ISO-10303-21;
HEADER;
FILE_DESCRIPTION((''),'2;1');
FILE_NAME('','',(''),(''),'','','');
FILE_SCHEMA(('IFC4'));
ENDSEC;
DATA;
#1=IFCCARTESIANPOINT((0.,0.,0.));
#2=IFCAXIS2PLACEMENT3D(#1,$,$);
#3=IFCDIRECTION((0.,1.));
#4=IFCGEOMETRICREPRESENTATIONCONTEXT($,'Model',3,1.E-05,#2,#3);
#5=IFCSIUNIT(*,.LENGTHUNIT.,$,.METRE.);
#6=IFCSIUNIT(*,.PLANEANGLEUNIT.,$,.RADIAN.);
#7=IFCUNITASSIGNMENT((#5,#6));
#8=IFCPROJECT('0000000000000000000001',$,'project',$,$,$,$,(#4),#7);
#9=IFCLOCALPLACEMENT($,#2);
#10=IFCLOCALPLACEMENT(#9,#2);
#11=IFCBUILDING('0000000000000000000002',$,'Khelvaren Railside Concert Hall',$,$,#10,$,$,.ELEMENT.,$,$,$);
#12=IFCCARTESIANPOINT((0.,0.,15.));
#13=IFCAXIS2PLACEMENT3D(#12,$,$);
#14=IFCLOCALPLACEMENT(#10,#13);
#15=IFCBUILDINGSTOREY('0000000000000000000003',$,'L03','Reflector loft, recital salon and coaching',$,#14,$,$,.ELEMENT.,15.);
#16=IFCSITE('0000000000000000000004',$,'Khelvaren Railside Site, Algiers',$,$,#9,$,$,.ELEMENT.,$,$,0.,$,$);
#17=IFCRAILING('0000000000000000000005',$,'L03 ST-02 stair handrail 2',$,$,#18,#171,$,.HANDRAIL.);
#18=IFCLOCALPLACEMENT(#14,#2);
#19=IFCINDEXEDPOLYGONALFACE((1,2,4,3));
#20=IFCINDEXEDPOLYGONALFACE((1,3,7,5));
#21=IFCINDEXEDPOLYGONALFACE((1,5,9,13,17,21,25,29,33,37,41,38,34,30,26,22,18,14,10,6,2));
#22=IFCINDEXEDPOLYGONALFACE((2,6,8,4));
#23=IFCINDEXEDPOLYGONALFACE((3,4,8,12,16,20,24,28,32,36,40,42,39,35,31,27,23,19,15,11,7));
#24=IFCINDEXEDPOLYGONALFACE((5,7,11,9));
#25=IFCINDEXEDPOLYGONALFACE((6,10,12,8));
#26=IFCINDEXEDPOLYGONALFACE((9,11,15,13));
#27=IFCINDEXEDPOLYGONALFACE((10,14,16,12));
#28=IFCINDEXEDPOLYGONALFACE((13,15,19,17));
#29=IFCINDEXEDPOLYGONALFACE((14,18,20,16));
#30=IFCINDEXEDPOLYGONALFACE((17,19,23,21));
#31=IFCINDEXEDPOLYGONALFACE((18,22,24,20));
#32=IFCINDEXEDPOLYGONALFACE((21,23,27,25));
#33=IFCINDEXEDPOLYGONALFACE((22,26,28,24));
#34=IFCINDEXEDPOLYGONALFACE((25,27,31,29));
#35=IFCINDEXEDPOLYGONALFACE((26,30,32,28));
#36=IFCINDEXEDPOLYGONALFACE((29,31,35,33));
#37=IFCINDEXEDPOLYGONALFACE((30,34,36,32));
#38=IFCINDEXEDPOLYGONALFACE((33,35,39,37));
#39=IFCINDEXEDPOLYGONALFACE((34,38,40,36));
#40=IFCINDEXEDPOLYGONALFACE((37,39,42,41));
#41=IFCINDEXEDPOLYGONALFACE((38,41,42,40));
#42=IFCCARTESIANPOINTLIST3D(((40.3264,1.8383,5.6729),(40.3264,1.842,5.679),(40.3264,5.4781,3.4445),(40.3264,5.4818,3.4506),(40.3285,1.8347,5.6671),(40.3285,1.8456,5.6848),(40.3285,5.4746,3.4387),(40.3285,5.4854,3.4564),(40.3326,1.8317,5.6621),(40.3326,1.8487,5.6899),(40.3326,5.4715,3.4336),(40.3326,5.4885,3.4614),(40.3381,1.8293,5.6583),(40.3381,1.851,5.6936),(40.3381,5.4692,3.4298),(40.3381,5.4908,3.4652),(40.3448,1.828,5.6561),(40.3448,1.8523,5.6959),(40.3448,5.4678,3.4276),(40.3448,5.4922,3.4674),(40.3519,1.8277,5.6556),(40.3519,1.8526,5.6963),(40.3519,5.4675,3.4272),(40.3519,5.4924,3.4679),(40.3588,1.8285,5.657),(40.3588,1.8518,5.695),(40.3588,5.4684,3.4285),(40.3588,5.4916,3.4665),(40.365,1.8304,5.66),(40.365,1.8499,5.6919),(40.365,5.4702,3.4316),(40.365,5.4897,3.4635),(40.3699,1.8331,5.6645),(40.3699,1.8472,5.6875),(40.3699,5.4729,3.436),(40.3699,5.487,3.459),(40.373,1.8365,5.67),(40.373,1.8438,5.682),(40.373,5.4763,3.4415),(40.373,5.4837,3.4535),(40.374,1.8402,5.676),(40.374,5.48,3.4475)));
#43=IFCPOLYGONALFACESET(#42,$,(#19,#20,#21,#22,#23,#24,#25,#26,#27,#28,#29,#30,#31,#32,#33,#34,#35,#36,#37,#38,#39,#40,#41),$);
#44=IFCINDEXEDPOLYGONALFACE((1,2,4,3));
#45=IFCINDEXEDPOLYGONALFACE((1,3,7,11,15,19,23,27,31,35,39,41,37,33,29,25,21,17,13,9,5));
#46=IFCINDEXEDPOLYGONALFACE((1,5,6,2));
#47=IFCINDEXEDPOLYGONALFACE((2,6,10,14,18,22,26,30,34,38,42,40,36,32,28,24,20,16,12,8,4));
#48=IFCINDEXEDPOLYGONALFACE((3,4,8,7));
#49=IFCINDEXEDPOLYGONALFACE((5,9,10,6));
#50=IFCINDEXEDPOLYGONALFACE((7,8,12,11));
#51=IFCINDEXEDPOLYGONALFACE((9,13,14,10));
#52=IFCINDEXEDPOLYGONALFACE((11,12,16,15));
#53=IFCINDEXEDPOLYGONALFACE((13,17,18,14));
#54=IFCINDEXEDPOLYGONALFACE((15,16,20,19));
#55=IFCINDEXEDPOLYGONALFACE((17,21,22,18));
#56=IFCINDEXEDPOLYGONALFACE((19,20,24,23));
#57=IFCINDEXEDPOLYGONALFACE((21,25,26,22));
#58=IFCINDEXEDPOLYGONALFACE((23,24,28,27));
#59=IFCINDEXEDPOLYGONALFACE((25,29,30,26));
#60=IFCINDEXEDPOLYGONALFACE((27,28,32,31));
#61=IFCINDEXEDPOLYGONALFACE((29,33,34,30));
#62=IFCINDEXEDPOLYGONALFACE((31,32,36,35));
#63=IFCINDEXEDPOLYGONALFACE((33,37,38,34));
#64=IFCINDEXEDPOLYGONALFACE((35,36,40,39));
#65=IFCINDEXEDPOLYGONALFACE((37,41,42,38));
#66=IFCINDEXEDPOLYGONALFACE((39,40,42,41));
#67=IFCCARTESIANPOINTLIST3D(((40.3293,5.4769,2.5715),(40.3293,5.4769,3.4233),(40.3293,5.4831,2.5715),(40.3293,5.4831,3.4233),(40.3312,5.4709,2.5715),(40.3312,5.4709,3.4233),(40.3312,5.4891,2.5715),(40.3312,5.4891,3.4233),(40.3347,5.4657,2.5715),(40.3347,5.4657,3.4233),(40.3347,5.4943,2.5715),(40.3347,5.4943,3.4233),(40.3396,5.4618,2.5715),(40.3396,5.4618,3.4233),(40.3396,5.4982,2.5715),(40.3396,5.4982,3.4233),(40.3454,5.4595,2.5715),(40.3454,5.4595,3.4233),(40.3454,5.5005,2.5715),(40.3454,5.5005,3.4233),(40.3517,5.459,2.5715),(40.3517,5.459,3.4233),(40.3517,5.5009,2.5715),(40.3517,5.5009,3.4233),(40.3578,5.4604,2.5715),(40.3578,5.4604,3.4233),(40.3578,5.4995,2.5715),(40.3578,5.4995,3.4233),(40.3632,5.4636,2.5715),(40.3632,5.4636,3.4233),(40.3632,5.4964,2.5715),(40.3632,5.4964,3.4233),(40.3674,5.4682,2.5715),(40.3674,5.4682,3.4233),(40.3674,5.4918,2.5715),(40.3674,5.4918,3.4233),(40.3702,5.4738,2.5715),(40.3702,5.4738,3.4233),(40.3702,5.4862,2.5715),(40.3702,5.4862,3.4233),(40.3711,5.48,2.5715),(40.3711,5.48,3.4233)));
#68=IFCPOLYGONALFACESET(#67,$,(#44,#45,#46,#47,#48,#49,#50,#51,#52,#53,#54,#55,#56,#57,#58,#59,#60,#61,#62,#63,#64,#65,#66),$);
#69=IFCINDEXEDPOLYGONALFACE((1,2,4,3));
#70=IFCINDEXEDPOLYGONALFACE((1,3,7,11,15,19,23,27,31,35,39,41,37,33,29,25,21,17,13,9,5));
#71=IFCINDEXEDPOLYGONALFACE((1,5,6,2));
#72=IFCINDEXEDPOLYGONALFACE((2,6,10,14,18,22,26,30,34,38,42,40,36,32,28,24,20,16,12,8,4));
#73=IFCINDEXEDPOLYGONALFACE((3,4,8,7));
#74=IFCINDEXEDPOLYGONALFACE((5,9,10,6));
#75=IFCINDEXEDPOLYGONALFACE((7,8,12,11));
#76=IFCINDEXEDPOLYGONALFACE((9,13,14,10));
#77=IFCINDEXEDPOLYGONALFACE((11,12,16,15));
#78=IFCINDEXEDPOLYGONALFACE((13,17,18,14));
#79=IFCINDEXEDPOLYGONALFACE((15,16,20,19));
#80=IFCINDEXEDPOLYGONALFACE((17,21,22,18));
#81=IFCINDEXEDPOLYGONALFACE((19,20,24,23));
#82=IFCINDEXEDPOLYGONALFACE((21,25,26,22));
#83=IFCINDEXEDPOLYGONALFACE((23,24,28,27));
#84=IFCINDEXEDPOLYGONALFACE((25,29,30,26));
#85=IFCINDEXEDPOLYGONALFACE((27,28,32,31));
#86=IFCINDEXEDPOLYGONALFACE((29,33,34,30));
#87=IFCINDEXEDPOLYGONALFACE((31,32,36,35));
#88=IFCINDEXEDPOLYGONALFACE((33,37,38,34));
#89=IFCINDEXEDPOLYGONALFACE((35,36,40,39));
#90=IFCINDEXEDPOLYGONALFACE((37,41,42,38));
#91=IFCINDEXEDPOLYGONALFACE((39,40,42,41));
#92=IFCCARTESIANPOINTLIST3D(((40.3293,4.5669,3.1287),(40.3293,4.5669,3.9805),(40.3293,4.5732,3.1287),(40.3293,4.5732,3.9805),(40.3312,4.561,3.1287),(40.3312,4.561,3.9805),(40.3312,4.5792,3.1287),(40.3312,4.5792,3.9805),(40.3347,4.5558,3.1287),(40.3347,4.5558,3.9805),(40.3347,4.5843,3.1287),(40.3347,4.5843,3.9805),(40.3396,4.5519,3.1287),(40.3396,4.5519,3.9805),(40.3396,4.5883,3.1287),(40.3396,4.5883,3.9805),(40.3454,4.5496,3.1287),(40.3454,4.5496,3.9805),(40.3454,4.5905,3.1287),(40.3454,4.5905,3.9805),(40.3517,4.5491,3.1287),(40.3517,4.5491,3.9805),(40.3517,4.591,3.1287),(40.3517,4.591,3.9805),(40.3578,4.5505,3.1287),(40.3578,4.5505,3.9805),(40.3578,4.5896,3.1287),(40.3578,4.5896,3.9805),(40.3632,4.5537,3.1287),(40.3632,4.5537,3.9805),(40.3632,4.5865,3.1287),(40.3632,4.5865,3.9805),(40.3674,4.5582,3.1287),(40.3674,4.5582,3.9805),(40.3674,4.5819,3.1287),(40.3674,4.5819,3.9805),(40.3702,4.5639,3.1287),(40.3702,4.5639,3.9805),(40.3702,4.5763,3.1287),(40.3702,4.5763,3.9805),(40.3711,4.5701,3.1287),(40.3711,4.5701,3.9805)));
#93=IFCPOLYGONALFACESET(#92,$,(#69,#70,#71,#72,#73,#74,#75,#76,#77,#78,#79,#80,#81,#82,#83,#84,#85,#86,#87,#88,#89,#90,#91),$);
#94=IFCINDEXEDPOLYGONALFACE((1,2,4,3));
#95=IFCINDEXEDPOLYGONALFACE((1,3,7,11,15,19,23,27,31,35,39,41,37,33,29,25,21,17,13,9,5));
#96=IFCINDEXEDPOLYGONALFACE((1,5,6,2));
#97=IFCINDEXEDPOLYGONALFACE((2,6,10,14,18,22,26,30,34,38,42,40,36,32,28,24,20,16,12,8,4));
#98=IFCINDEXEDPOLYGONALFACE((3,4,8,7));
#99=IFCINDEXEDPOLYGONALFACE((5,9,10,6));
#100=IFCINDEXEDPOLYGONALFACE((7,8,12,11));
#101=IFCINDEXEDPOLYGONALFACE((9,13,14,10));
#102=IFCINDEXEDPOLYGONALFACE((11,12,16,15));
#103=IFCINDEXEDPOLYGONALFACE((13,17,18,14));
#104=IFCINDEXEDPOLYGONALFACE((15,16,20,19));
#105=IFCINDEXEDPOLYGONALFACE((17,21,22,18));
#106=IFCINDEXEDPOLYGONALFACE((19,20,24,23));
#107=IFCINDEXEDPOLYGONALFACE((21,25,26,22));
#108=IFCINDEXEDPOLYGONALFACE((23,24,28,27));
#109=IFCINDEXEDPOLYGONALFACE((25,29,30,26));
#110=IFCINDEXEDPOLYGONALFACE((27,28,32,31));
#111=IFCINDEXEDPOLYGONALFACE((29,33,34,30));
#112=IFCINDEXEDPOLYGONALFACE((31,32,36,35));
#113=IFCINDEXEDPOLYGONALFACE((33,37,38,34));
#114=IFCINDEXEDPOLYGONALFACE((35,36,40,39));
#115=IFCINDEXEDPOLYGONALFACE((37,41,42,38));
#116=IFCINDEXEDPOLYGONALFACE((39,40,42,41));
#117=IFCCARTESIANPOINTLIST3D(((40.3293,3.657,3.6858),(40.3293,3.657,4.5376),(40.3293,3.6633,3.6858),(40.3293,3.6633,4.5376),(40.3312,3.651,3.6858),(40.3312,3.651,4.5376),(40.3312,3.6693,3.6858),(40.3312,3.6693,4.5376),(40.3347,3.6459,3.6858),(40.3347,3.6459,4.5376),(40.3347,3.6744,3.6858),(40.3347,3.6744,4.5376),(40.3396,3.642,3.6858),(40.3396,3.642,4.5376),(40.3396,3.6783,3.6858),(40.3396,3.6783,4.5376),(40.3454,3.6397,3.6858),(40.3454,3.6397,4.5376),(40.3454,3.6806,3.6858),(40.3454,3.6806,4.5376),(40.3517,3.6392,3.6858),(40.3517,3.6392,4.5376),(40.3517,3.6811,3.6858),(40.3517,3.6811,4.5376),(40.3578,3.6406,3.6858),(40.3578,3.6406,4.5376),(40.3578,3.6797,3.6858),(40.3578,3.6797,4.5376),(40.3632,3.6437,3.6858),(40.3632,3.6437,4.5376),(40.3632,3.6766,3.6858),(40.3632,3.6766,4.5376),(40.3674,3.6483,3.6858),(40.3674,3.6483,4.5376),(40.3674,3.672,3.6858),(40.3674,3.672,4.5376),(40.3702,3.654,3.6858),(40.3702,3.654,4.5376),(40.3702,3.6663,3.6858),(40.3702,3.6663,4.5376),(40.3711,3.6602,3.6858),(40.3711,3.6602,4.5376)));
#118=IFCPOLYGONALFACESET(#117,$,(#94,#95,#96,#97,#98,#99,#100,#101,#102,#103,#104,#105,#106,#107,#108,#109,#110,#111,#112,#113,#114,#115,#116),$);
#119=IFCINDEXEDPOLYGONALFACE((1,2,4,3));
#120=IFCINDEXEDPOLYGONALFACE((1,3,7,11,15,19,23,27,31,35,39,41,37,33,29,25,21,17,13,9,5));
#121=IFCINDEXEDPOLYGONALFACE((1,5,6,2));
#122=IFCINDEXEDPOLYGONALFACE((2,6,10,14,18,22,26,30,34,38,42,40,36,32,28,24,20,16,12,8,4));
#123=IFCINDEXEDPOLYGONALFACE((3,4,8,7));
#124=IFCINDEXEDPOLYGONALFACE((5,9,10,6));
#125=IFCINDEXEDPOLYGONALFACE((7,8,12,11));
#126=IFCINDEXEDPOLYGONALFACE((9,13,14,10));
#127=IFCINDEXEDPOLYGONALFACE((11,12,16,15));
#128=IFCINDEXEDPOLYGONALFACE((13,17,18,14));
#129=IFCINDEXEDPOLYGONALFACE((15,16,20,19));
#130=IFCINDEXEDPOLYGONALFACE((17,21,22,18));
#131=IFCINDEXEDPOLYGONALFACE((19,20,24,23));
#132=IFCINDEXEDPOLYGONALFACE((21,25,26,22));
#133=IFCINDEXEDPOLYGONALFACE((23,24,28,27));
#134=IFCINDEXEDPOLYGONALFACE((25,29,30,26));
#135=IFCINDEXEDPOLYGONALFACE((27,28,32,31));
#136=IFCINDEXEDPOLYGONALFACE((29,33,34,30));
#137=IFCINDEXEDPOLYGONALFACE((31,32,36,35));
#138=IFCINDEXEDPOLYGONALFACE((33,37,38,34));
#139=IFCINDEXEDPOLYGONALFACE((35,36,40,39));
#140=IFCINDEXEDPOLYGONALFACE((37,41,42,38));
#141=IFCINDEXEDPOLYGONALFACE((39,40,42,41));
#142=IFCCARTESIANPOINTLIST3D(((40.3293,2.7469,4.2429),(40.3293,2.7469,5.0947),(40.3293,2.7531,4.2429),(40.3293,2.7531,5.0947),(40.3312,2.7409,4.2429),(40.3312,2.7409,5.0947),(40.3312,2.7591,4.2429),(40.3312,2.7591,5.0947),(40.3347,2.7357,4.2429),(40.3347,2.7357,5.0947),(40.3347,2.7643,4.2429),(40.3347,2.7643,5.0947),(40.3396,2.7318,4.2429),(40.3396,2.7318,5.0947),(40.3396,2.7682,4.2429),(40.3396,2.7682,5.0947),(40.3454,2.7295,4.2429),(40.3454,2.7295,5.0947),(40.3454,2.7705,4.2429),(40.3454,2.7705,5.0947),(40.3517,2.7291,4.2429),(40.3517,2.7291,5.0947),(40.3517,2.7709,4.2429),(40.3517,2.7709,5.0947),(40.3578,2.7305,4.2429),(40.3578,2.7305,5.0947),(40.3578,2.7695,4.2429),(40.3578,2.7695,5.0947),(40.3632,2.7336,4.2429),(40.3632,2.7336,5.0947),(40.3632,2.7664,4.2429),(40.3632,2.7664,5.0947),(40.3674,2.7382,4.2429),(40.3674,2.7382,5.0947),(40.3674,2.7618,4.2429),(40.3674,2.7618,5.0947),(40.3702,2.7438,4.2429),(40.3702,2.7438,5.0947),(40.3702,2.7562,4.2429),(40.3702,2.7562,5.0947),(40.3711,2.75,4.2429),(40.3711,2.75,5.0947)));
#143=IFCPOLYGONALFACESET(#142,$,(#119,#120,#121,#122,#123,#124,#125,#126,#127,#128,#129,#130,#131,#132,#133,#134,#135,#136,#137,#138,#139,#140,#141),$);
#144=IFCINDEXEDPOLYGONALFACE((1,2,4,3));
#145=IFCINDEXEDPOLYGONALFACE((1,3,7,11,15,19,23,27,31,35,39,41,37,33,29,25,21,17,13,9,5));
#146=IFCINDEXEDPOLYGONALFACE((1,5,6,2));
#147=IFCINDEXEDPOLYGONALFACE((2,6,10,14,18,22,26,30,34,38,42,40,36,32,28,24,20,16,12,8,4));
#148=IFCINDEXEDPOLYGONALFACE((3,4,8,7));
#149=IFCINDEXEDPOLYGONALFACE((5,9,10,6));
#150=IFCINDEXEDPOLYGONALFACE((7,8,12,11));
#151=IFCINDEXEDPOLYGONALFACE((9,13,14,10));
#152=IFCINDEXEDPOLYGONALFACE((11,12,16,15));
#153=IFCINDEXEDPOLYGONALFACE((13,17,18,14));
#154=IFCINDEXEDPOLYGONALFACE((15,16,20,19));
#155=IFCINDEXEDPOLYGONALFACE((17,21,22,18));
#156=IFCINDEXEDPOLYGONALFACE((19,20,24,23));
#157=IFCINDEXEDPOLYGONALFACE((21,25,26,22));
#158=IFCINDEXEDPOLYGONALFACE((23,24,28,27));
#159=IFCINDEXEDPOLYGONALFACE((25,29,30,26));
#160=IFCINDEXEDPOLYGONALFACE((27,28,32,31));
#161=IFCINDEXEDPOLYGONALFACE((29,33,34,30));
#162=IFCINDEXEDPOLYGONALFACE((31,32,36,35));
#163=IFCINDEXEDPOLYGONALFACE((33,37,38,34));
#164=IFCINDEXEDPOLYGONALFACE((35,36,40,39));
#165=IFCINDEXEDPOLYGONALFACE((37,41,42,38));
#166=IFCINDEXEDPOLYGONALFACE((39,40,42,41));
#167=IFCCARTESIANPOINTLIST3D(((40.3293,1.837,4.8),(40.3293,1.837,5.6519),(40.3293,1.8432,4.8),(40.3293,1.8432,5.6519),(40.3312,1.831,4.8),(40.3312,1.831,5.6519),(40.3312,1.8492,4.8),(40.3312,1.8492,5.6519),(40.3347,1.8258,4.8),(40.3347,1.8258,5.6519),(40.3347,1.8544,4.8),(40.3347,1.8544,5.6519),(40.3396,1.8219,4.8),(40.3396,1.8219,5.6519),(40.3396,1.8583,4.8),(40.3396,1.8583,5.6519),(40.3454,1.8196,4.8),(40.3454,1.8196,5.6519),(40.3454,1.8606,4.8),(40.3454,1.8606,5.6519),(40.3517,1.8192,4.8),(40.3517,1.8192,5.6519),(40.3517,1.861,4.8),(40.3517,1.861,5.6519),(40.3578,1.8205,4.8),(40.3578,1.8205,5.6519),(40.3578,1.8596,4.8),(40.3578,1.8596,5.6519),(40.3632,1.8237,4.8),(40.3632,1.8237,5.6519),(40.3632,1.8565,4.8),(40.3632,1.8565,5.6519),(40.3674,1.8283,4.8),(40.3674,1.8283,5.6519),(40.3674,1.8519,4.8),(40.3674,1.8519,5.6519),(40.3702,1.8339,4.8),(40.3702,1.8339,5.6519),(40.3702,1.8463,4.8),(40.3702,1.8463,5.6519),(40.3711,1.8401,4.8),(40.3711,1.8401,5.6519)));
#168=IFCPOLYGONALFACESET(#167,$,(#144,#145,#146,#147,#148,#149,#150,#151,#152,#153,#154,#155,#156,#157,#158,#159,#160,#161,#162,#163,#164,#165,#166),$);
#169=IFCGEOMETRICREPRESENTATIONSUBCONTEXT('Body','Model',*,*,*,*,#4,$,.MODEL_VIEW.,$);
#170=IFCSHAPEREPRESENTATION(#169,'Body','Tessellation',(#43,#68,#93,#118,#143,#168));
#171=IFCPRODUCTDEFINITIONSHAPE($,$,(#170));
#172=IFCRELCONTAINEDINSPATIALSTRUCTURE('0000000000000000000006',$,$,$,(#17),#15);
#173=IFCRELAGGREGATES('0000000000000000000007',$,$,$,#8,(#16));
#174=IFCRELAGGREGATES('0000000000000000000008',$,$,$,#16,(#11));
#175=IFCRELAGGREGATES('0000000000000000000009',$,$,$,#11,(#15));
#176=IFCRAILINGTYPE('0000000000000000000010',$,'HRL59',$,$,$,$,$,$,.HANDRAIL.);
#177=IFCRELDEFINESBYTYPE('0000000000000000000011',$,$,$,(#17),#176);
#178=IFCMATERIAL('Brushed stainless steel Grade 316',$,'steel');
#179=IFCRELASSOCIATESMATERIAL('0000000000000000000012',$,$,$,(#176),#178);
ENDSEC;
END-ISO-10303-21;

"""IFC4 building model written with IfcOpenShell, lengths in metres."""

from ifc_helpers import new_model, si_unit, direction, frame, origin, origin_2d, place, context, subcontext, project, spatial, circle, extrude, material, type_object, element, save


model = new_model("IFC4")

# Units and contexts
model_context = context("Model", 3, precision=1e-05, world=origin(), true_north=direction((0.0, 1.0)))
body_context = subcontext(model_context, "Body", "Model", "MODEL_VIEW")
ifc_project = project(units=[si_unit("LENGTHUNIT", "METRE"), si_unit("PLANEANGLEUNIT", "RADIAN")], contexts=[model_context])

# Site, building, storey
site_placement = place(None, origin())
site = spatial("IfcSite", under=ifc_project, at=site_placement, Name="Khelvaren Railside Site, Algiers", CompositionType="ELEMENT", RefElevation=0.0)
building_placement = place(site_placement, origin())
building = spatial("IfcBuilding", under=site, at=building_placement, Name="Khelvaren Railside Concert Hall", CompositionType="ELEMENT")
storey_placement = place(building_placement, frame((0.0, 0.0, 15.0)))
storey = spatial("IfcBuildingStorey", under=building, at=storey_placement, Name="L03", Description="Reflector loft, recital salon and coaching", CompositionType="ELEMENT", Elevation=15.0)

# Railing
ifc_material_1 = material(Name="Brushed stainless steel Grade 316", Category="steel")
railing_type_1 = type_object("IfcRailingType", Name="HRL59", PredefinedType="HANDRAIL", material=ifc_material_1)
railing_1_placement = place(storey_placement, frame((40.3501, 5.48, 2.5715)))
element("IfcRailing", 1, at=railing_1_placement, inside=storey, type_object=railing_type_1, Name="L03 ST-02 stair handrail 2", PredefinedType="HANDRAIL", context=body_context, shape_type="SweptSolid", body=[
    extrude(circle(Radius=0.0239, at=origin_2d()), frame((0.0, 0.0, 0.876), z_axis=(0.0, -0.85285, 0.522156), x_axis=(1.0, 0.0, 0.0)), (0.0, 0.0, 1.0), 4.2678),
    extrude(circle(Radius=0.021, at=origin_2d()), origin(), (0.0, 0.0, 1.0), 0.8518),
    extrude(circle(Radius=0.021, at=origin_2d()), frame((0.0, -0.9099, 0.5571)), (0.0, 0.0, 1.0), 0.8518),
    extrude(circle(Radius=0.021, at=origin_2d()), frame((0.0, -1.8198, 1.1143)), (0.0, 0.0, 1.0), 0.8518),
    extrude(circle(Radius=0.021, at=origin_2d()), frame((0.0, -2.73, 1.6714)), (0.0, 0.0, 1.0), 0.8518),
    extrude(circle(Radius=0.021, at=origin_2d()), frame((0.0, -3.6399, 2.2285)), (0.0, 0.0, 1.0), 0.8518),
])

save(model, "model.ifc")
